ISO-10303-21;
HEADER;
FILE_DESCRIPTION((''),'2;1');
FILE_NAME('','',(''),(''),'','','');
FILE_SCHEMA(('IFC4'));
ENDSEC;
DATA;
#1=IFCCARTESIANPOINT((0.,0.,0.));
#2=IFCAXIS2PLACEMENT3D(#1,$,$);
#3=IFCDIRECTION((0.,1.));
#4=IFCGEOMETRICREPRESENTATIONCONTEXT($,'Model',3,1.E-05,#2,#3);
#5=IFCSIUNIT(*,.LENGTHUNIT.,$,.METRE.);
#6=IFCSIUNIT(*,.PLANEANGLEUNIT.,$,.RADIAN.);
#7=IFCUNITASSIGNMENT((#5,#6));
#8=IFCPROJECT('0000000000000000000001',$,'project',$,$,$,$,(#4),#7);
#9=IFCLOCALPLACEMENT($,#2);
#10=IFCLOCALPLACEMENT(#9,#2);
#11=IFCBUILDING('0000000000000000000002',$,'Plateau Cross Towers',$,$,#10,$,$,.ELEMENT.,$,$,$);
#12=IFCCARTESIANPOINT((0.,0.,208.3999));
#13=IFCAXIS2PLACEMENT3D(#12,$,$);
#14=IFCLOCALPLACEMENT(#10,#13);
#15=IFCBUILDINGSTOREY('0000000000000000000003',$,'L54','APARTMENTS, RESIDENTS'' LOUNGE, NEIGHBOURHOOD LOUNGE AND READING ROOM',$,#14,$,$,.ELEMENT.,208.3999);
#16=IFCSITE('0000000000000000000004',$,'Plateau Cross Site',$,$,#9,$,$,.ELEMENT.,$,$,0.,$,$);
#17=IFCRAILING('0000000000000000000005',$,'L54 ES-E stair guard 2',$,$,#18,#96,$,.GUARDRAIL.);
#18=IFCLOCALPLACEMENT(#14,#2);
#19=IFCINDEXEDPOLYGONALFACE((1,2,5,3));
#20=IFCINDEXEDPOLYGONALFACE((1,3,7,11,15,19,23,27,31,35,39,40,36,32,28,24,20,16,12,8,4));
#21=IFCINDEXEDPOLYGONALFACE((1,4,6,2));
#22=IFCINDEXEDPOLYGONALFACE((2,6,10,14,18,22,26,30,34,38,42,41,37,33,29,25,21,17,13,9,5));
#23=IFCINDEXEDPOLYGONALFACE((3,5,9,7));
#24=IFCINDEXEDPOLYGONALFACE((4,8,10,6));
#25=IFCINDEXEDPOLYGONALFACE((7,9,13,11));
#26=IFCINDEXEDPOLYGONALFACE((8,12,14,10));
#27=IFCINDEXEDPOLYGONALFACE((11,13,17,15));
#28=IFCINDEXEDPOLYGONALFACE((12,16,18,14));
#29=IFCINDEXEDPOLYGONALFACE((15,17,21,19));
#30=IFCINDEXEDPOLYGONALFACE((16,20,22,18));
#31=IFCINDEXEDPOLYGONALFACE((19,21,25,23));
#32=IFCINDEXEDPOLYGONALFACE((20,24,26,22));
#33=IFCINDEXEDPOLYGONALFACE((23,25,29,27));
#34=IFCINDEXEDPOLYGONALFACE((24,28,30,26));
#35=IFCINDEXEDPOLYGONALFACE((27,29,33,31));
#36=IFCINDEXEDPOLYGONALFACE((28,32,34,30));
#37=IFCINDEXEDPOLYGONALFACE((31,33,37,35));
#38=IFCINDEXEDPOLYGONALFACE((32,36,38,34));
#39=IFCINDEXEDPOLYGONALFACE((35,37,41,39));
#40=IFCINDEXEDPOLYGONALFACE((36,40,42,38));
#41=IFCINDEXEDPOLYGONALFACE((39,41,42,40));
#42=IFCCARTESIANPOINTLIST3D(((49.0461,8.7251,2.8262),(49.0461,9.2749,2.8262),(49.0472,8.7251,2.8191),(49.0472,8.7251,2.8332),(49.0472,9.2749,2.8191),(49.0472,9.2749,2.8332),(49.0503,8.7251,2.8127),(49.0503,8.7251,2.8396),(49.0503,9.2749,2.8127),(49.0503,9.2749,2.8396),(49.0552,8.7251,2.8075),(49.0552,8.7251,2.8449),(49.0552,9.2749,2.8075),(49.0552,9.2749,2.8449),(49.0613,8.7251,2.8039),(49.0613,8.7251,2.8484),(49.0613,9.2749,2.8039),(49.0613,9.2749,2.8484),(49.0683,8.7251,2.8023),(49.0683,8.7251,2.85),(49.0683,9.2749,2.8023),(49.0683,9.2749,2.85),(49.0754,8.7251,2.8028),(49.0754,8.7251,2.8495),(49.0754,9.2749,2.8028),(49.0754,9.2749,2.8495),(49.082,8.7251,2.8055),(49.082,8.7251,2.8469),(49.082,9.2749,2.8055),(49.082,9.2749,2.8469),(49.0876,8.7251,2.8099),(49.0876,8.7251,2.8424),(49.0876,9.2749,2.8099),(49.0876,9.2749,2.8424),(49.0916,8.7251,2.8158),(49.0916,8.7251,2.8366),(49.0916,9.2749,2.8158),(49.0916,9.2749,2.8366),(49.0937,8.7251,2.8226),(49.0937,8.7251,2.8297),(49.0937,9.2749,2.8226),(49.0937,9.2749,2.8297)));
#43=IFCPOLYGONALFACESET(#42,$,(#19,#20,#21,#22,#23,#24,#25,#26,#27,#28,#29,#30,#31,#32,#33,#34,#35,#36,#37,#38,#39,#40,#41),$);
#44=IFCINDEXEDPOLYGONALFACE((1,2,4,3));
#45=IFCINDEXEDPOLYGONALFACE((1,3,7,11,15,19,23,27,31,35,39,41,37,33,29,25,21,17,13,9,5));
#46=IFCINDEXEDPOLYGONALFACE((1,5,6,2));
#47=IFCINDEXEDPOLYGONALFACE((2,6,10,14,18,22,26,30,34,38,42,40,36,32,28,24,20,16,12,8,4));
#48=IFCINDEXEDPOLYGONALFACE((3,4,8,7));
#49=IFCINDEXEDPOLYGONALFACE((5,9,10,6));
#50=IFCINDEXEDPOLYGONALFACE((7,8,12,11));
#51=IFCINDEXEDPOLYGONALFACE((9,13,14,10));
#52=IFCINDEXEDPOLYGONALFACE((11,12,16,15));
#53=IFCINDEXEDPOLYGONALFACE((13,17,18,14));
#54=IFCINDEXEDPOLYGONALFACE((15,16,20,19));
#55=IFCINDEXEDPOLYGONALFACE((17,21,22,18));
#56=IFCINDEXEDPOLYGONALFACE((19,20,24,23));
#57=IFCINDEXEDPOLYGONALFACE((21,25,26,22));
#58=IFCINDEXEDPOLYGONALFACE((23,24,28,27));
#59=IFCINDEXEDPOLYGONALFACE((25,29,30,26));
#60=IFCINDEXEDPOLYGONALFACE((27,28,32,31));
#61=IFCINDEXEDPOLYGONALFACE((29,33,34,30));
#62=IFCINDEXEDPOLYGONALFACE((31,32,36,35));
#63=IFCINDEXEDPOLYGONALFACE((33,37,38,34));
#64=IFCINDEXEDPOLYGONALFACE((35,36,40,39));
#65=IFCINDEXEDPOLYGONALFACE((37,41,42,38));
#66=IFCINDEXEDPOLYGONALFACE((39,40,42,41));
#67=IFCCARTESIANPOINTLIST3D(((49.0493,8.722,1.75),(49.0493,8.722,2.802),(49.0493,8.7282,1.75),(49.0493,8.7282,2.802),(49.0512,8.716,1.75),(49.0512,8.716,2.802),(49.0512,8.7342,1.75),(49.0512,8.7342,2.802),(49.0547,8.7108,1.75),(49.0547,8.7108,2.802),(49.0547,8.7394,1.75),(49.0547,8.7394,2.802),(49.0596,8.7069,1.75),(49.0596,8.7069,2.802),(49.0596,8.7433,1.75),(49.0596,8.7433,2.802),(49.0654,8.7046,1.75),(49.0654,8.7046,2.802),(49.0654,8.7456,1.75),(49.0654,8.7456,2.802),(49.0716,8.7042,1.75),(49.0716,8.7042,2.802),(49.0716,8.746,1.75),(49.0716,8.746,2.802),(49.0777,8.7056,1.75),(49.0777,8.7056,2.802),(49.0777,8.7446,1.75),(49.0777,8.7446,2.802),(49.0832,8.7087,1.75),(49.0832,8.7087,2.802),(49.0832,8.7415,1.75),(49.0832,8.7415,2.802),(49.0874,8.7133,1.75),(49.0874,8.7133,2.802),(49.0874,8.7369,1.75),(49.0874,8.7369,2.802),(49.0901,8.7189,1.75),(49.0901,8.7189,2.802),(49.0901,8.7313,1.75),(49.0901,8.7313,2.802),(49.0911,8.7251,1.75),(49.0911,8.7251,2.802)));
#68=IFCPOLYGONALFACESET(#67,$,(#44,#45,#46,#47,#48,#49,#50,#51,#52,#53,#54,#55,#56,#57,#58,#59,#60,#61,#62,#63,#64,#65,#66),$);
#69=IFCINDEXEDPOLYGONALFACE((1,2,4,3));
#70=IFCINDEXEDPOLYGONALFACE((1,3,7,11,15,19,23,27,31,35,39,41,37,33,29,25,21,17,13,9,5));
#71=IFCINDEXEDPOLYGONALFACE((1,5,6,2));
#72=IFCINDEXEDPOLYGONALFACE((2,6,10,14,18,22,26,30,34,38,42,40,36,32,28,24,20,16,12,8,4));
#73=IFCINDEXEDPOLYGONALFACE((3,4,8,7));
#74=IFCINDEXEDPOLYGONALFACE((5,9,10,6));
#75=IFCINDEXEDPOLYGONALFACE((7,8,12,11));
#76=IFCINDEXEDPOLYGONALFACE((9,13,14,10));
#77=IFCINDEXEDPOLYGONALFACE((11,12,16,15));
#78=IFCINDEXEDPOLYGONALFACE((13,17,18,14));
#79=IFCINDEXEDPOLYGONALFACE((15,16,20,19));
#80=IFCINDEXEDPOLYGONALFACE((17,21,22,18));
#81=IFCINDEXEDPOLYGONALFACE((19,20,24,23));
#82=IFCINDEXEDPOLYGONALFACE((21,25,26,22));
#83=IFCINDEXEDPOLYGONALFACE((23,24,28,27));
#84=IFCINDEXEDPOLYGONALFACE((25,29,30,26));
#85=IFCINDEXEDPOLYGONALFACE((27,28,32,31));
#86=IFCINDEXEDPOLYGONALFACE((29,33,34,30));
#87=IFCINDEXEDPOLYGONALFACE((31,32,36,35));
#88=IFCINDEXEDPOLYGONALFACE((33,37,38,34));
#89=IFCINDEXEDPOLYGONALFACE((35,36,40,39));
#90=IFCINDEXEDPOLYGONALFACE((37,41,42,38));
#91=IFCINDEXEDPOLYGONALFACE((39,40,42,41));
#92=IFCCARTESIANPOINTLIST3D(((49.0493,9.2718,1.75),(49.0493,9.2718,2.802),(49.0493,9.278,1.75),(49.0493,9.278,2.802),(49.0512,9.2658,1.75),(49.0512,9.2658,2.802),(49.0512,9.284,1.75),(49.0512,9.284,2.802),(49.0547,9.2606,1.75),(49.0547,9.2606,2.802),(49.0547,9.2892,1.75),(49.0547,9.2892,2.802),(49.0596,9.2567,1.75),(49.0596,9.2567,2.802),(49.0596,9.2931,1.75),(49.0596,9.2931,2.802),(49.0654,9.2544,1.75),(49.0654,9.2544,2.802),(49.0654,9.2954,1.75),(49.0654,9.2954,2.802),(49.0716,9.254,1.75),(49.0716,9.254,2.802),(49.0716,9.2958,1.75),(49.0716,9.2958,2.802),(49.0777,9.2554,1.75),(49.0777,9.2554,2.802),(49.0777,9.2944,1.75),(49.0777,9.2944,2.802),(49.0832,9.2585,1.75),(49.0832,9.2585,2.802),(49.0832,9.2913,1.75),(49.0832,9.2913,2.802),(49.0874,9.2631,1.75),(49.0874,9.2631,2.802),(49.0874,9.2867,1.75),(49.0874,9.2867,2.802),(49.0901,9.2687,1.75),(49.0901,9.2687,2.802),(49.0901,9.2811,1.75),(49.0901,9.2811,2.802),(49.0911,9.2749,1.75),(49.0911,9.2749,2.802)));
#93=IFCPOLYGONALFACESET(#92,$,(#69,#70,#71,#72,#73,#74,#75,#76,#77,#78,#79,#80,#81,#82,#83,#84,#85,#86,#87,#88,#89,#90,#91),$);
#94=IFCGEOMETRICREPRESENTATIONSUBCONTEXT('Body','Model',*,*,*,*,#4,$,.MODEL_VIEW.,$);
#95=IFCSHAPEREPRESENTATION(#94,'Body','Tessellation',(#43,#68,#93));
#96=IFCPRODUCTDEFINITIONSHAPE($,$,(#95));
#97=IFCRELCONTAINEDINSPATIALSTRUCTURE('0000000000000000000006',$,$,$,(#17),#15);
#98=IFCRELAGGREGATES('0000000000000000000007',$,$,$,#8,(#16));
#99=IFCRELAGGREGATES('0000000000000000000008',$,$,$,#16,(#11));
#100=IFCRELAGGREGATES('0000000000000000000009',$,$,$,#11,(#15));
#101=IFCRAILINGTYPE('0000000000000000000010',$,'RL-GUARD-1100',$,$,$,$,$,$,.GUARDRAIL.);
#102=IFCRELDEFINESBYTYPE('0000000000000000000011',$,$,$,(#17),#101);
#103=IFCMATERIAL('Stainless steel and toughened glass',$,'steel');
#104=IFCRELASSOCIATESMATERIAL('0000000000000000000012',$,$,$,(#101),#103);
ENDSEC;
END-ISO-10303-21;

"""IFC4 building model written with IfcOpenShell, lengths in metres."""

from ifc_helpers import new_model, si_unit, direction, frame, origin, origin_2d, place, context, subcontext, project, spatial, circle, extrude, material, type_object, element, save


model = new_model("IFC4")

# Units and contexts
model_context = context("Model", 3, precision=1e-05, world=origin(), true_north=direction((0.0, 1.0)))
body_context = subcontext(model_context, "Body", "Model", "MODEL_VIEW")
ifc_project = project(units=[si_unit("LENGTHUNIT", "METRE"), si_unit("PLANEANGLEUNIT", "RADIAN")], contexts=[model_context])

# Site, building, storey
site_placement = place(None, origin())
site = spatial("IfcSite", under=ifc_project, at=site_placement, Name="Plateau Cross Site", CompositionType="ELEMENT", RefElevation=0.0)
building_placement = place(site_placement, origin())
building = spatial("IfcBuilding", under=site, at=building_placement, Name="Plateau Cross Towers", CompositionType="ELEMENT")
storey_placement = place(building_placement, frame((0.0, 0.0, 208.3999)))
storey = spatial("IfcBuildingStorey", under=building, at=storey_placement, Name="L54", Description="APARTMENTS, RESIDENTS' LOUNGE, NEIGHBOURHOOD LOUNGE AND READING ROOM", CompositionType="ELEMENT", Elevation=208.3999)

# Railing
ifc_material_1 = material(Name="Stainless steel and toughened glass", Category="steel")
railing_type_1 = type_object("IfcRailingType", Name="RL-GUARD-1100", PredefinedType="GUARDRAIL", material=ifc_material_1)
railing_1_placement = place(storey_placement, frame((49.0701, 8.7251, 1.75)))
element("IfcRailing", 1, at=railing_1_placement, inside=storey, type_object=railing_type_1, Name="L54 ES-E stair guard 2", PredefinedType="GUARDRAIL", context=body_context, shape_type="SweptSolid", body=[
    extrude(circle(Radius=0.0239, at=origin_2d()), frame((0.0, 0.0, 1.0762), z_axis=(0.0, 1.0, 0.0), x_axis=(-1.0, 0.0, 0.0)), (0.0, 0.0, 1.0), 0.5498),
    extrude(circle(Radius=0.021, at=origin_2d()), origin(), (0.0, 0.0, 1.0), 1.052),
    extrude(circle(Radius=0.021, at=origin_2d()), frame((0.0, 0.5498, 0.0)), (0.0, 0.0, 1.0), 1.052),
])

save(model, "model.ifc")
